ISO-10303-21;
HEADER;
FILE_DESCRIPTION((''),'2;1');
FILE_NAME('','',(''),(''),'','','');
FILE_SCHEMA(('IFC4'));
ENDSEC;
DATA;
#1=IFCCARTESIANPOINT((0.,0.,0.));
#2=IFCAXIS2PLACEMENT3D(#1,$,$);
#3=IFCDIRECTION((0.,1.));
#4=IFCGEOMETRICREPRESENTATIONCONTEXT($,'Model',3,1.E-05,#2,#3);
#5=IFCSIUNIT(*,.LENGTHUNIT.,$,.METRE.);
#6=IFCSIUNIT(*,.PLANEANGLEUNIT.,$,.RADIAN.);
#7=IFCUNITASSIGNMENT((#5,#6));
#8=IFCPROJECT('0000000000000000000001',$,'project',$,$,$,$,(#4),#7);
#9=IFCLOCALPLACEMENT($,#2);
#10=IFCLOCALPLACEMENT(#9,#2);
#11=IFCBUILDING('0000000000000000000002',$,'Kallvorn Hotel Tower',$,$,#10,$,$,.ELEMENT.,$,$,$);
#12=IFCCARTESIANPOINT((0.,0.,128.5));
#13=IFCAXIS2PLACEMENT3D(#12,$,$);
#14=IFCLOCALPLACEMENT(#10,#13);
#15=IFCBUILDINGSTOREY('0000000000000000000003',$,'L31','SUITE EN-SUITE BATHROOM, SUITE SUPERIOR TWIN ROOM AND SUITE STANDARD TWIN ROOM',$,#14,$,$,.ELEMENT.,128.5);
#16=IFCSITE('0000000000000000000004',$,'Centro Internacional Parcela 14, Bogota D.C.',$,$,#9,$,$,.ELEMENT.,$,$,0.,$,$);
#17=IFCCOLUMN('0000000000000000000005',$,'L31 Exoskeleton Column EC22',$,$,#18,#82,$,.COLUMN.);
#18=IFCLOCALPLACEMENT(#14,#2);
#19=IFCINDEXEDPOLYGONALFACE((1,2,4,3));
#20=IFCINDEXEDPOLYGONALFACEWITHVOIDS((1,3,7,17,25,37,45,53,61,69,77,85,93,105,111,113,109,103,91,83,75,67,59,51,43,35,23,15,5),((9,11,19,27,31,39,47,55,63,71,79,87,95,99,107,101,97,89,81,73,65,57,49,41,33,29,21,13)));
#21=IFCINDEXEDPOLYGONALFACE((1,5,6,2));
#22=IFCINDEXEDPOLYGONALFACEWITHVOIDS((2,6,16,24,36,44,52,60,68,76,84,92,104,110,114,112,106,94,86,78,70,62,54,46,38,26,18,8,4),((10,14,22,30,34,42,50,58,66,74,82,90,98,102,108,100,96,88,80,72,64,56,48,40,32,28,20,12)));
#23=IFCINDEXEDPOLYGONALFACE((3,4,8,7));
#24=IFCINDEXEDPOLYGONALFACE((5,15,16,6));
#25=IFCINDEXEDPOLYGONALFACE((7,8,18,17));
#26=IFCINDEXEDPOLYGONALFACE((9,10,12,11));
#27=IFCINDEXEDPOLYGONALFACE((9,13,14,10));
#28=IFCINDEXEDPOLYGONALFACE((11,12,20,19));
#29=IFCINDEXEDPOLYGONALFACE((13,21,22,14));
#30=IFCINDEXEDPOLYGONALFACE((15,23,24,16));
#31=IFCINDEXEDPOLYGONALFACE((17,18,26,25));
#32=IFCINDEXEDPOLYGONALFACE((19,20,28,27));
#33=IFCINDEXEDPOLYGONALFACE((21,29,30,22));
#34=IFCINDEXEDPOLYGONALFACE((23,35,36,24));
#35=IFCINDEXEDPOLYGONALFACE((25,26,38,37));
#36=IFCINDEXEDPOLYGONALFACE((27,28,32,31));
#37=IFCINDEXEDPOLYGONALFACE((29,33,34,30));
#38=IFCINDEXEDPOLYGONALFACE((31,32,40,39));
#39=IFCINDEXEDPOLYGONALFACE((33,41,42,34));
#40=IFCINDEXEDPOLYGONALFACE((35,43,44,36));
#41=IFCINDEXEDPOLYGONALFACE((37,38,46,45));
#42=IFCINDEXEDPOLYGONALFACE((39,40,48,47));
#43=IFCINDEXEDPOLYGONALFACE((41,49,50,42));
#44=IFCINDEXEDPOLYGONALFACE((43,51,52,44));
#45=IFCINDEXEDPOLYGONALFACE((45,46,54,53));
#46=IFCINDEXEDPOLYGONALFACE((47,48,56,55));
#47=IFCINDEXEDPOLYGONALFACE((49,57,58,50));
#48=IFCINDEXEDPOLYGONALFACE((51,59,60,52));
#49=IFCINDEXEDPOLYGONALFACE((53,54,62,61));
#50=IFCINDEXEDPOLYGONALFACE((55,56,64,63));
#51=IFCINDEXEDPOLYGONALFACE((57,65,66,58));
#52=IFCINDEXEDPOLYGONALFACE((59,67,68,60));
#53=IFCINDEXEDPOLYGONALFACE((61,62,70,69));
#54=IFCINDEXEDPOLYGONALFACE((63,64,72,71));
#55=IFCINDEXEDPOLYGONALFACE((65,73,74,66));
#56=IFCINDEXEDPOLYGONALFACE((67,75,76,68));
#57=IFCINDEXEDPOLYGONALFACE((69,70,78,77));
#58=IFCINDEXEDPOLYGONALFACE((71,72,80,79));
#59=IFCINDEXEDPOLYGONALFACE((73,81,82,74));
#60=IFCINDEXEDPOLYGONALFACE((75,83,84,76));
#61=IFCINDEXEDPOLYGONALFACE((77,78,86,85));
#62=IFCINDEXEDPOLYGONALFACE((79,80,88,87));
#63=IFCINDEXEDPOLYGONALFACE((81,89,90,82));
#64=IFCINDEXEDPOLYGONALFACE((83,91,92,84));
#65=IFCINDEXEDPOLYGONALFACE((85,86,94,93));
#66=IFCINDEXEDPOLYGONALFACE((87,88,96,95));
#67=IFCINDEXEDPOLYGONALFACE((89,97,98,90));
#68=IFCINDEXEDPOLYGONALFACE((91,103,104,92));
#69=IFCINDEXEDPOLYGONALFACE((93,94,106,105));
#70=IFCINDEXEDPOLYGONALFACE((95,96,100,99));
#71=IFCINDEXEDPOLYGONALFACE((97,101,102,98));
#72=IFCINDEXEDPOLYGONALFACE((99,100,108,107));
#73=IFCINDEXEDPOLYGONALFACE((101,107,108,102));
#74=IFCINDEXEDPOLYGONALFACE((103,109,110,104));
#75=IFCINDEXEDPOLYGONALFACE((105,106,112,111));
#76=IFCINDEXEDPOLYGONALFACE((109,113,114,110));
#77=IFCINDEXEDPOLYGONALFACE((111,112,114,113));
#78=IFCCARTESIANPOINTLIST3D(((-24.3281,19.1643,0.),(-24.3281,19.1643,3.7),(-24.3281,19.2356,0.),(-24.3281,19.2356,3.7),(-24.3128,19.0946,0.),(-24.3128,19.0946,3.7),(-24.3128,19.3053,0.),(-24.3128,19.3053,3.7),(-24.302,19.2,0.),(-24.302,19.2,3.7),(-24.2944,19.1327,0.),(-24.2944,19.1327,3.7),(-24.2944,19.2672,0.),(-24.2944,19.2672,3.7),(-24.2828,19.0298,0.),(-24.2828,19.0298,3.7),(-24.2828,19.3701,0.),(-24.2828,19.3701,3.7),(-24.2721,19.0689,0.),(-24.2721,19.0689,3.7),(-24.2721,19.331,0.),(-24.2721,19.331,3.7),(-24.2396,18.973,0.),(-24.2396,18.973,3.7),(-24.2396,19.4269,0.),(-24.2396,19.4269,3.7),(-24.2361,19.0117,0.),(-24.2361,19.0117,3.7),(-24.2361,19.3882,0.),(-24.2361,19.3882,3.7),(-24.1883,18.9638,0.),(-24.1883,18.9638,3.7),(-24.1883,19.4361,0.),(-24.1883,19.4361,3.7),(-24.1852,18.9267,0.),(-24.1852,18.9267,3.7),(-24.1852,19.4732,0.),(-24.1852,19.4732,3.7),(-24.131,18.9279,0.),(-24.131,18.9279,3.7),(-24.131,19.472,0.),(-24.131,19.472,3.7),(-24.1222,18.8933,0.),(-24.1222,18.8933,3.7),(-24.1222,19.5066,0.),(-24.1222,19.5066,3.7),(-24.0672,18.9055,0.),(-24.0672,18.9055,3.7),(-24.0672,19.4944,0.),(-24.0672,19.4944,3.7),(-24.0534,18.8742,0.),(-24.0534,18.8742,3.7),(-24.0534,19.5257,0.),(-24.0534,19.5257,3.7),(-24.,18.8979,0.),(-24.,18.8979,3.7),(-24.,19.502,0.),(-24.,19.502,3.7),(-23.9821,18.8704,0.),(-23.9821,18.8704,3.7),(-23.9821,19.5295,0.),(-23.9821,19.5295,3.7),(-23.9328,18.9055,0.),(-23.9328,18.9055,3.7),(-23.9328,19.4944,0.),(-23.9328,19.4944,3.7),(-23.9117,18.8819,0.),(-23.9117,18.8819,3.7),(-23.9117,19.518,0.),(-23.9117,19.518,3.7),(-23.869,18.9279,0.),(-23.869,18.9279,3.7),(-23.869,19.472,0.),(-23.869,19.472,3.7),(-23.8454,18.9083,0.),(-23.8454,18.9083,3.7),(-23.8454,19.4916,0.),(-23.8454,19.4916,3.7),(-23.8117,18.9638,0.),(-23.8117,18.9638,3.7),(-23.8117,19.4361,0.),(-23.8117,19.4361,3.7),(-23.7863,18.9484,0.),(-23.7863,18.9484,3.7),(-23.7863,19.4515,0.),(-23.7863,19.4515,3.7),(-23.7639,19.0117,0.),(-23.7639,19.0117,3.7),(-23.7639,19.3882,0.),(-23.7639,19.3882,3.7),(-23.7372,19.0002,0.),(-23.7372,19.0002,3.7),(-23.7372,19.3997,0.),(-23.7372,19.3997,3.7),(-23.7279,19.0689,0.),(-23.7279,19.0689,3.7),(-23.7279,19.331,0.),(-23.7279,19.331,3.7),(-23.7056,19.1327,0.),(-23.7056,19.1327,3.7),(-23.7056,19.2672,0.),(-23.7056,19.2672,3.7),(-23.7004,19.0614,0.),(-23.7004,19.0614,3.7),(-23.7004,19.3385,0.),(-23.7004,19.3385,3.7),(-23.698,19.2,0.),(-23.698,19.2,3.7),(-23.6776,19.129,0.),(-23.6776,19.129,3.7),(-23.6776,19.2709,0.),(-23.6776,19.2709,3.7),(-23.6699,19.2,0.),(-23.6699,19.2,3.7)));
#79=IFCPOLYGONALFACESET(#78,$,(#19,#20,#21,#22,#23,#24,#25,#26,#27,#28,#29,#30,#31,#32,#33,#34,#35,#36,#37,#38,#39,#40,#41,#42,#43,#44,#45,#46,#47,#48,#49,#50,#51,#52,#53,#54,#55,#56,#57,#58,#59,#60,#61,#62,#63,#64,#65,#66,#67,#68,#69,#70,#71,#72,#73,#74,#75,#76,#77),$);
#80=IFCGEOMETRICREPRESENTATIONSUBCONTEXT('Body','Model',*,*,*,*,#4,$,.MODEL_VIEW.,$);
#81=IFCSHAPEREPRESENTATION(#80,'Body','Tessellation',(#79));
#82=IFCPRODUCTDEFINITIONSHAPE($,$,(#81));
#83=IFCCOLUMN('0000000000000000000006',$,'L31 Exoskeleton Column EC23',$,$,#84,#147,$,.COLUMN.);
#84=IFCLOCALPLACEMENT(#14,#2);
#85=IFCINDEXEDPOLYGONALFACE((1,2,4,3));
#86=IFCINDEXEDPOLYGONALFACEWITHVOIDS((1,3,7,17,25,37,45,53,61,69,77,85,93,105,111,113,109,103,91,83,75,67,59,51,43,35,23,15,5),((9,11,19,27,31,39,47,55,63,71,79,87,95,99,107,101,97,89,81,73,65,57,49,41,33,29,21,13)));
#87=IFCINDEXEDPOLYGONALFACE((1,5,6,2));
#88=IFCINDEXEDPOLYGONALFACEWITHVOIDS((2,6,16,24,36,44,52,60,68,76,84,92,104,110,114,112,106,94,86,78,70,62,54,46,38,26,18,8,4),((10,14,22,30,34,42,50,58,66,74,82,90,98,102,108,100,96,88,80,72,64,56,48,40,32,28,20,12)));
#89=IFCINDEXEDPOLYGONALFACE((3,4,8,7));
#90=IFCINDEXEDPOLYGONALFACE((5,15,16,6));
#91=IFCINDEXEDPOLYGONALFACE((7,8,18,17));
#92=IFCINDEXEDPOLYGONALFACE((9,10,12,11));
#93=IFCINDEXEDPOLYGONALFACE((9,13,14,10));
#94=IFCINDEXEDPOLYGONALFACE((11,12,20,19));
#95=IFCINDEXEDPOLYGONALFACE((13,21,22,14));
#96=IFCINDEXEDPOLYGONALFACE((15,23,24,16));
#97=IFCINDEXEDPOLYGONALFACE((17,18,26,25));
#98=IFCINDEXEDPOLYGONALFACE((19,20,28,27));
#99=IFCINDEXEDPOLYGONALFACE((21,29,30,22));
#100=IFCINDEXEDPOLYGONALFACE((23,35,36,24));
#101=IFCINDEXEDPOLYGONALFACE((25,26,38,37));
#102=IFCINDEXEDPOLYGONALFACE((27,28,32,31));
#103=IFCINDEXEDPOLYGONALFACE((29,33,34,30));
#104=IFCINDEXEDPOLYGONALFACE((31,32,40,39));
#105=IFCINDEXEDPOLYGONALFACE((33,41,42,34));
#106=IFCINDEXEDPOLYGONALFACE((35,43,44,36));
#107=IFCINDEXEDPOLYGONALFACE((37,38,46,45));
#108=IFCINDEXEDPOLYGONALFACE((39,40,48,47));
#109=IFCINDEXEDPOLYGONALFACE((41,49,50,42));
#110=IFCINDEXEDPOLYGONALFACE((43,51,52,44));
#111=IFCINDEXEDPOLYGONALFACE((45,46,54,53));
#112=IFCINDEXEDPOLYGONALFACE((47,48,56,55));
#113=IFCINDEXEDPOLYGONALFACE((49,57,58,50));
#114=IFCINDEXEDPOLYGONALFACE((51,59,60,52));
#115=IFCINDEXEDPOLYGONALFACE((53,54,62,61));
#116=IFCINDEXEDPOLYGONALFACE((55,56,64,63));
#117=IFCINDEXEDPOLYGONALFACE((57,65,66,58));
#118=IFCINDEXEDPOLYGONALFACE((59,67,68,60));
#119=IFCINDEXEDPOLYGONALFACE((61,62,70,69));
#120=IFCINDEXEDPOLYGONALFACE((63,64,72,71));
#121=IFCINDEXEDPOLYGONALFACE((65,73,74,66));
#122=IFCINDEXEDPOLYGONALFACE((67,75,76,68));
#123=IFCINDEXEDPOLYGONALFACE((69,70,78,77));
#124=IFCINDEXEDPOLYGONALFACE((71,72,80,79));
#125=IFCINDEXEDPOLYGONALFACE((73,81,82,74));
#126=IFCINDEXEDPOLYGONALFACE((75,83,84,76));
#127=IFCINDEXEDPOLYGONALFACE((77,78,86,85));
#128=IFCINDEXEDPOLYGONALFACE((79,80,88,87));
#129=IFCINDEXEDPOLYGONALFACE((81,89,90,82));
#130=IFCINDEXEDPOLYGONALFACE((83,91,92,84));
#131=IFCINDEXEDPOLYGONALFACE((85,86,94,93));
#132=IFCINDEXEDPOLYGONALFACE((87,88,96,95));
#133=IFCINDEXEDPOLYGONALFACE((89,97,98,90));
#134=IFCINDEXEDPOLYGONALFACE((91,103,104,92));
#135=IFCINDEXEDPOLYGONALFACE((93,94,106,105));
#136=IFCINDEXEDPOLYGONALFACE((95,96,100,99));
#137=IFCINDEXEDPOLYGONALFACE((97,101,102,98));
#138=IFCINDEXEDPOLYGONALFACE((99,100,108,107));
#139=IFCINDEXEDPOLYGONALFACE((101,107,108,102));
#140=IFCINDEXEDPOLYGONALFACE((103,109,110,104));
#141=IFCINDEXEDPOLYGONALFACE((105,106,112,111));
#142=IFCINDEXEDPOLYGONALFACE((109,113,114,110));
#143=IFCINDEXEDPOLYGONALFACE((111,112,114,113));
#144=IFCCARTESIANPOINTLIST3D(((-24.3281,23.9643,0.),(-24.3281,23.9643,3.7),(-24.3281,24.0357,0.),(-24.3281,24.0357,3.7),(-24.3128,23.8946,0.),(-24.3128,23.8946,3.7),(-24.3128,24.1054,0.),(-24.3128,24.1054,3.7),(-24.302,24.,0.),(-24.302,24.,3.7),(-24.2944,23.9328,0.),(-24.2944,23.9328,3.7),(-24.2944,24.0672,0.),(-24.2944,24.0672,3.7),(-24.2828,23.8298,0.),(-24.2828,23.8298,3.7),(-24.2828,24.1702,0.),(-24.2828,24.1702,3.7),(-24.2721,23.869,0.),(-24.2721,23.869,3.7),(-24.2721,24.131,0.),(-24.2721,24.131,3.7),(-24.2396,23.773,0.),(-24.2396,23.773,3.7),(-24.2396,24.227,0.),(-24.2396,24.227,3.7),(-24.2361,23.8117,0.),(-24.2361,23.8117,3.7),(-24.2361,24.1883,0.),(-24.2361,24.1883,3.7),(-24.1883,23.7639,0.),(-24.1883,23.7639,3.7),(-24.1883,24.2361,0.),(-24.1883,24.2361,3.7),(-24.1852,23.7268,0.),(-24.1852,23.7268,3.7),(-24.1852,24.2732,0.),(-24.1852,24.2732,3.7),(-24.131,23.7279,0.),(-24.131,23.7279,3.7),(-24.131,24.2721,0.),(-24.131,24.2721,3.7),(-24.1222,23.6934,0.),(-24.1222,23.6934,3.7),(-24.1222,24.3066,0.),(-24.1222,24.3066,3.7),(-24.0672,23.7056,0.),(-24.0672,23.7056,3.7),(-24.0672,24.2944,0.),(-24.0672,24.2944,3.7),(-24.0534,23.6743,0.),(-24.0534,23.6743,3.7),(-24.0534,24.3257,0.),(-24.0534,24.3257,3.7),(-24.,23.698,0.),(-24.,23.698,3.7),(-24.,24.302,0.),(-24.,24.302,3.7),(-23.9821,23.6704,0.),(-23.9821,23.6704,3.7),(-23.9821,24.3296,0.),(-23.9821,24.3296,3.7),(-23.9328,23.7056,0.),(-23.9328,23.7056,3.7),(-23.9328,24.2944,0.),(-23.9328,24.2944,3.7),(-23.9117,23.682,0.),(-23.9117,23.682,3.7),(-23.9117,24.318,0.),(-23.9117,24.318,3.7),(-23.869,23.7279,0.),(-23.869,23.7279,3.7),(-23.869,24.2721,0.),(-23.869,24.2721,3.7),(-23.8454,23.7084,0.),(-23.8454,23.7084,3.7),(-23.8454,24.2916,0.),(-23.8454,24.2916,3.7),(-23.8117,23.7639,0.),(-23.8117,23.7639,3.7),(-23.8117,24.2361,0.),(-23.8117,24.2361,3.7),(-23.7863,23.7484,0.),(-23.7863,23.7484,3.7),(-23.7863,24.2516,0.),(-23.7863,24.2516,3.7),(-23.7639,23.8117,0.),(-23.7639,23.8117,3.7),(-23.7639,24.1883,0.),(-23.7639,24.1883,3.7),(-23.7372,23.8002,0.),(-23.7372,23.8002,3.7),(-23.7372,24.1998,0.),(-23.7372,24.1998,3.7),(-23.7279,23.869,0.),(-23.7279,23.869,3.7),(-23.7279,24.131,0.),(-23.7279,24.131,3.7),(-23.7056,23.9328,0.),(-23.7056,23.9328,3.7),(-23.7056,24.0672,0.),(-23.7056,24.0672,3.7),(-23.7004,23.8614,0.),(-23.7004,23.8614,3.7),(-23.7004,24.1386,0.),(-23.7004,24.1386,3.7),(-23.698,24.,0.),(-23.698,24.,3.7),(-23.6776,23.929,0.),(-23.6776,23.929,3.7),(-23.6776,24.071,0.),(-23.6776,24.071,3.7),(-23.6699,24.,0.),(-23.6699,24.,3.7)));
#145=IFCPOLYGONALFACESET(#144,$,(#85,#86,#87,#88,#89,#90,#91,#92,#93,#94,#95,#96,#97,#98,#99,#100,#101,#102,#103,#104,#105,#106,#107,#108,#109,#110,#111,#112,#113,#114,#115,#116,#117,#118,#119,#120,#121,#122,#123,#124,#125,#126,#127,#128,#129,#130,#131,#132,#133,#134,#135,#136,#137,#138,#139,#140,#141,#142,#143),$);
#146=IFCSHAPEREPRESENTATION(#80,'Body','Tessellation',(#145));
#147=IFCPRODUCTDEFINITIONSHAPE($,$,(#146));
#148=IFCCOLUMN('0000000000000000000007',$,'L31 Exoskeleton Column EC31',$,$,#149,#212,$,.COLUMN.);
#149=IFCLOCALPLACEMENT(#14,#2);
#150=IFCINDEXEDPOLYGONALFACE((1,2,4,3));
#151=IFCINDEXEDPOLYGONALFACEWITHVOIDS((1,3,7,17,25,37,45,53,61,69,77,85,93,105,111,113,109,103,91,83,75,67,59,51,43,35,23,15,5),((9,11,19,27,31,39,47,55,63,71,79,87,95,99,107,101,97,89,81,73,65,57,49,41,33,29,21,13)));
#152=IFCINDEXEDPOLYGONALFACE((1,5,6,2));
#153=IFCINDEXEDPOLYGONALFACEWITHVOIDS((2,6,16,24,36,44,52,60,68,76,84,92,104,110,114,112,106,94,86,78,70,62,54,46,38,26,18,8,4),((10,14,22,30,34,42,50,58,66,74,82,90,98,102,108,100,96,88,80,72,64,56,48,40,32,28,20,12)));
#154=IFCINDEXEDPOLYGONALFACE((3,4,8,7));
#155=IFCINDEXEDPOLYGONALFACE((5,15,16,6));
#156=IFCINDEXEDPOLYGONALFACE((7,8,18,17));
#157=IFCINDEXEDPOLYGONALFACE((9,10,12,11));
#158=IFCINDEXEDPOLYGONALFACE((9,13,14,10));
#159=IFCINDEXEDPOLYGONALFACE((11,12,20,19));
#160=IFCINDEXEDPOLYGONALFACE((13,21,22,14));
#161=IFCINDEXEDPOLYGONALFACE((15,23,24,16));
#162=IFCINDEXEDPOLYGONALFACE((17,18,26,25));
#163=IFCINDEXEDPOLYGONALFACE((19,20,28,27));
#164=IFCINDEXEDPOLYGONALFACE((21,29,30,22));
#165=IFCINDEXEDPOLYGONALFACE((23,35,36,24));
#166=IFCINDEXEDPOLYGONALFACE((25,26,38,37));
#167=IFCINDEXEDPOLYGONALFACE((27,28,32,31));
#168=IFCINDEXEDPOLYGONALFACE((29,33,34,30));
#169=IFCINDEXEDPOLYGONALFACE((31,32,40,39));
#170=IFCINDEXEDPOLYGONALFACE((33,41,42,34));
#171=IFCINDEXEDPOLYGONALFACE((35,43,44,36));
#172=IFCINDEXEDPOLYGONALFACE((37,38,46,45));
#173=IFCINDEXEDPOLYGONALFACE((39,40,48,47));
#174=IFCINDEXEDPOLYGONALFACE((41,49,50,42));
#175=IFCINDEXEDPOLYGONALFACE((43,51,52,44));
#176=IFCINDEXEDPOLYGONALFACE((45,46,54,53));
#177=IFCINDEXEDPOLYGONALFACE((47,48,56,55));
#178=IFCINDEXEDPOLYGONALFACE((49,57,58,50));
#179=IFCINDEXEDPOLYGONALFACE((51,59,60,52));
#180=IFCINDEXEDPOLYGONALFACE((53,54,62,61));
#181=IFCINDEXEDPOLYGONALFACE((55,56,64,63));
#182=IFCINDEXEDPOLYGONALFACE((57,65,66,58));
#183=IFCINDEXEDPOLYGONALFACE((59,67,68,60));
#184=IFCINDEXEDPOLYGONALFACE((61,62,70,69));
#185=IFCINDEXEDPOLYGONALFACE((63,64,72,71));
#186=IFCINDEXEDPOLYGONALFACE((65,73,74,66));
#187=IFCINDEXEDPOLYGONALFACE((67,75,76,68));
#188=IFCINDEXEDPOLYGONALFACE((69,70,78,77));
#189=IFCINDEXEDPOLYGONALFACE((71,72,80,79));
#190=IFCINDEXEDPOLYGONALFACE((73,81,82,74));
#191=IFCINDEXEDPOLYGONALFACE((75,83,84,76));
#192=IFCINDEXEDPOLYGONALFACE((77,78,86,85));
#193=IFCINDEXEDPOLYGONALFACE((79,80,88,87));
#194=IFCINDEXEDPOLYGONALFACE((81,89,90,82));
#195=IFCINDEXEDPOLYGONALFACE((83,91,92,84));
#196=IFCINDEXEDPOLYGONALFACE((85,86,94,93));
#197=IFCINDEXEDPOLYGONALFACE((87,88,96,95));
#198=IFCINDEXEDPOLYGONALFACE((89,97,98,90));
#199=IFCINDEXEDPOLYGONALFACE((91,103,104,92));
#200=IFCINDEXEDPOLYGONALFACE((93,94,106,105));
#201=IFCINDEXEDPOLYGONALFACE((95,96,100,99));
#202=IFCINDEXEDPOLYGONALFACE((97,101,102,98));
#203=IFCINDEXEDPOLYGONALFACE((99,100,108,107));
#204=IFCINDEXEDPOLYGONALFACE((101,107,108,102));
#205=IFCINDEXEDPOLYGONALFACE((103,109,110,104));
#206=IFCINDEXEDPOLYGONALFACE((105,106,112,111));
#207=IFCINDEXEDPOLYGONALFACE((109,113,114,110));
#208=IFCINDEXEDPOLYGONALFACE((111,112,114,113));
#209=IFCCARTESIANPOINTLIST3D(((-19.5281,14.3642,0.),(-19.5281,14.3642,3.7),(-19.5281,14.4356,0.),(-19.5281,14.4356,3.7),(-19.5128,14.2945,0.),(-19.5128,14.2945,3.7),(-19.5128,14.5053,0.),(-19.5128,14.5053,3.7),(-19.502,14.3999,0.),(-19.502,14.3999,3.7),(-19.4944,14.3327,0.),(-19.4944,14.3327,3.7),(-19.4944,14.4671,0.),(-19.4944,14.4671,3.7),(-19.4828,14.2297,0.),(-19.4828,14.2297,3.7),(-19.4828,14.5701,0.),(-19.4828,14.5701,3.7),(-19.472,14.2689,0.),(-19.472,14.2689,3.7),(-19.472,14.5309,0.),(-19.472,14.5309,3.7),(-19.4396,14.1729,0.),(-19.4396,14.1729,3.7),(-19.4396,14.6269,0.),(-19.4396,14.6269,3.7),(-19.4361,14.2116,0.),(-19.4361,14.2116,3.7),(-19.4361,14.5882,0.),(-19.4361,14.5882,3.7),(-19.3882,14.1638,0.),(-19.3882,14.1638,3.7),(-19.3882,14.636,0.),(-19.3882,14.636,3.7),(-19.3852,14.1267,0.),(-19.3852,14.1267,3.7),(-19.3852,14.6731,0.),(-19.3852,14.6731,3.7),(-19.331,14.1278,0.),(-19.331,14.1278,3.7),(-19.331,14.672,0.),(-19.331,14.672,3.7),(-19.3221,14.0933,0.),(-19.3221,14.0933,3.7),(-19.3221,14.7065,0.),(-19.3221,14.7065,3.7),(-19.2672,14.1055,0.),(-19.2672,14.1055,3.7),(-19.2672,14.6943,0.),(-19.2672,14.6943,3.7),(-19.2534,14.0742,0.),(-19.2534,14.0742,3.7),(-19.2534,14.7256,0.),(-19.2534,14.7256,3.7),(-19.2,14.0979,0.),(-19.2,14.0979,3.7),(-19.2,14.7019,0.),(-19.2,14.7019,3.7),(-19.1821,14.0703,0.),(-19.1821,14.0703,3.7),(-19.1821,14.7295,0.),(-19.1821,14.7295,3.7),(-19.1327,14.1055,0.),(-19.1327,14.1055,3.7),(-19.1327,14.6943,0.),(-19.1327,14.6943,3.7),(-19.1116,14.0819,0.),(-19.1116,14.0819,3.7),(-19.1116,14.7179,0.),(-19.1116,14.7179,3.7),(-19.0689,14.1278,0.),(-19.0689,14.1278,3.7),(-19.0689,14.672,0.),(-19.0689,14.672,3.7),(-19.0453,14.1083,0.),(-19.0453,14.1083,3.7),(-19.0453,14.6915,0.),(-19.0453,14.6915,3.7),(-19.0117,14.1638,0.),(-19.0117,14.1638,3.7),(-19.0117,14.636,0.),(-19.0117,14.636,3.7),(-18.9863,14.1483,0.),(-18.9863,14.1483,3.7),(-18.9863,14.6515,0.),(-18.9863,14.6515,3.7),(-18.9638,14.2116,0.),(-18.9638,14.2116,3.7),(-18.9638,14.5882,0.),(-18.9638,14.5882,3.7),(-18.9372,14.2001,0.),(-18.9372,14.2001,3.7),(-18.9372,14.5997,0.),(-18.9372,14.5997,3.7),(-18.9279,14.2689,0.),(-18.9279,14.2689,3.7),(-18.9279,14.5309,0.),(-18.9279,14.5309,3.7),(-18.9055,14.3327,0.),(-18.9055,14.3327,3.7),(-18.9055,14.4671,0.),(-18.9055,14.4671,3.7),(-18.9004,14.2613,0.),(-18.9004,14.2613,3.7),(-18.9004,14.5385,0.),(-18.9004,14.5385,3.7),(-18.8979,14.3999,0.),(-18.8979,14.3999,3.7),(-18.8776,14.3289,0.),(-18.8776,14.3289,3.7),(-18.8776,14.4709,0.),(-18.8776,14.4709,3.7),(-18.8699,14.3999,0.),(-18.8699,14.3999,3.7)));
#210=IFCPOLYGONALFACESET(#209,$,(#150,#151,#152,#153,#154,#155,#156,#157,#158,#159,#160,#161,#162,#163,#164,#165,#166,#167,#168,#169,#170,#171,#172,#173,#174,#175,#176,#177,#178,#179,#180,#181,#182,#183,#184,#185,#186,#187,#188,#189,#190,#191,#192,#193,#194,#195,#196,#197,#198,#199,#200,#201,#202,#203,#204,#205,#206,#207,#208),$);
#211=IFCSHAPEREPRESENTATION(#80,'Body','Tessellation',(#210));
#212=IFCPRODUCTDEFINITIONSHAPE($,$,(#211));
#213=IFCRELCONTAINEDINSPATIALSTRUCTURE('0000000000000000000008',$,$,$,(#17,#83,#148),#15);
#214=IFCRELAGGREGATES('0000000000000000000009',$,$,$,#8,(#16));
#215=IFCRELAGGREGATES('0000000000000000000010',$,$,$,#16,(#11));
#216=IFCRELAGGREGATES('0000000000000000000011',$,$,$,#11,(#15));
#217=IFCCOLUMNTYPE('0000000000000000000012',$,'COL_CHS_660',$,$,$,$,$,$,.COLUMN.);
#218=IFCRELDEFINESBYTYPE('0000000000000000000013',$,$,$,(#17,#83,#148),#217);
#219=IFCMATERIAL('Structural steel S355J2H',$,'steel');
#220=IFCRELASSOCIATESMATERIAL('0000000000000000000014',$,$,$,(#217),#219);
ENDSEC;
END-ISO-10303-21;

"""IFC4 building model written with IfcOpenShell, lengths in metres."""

from ifc_helpers import new_model, si_unit, direction, frame, origin, origin_2d, place, context, subcontext, project, spatial, hollow_circle, extrude, material, material_profile, profile_set, type_object, element, save


model = new_model("IFC4")

# Units and contexts
model_context = context("Model", 3, precision=1e-05, world=origin(), true_north=direction((0.0, 1.0)))
body_context = subcontext(model_context, "Body", "Model", "MODEL_VIEW")
ifc_project = project(units=[si_unit("LENGTHUNIT", "METRE"), si_unit("PLANEANGLEUNIT", "RADIAN")], contexts=[model_context])

# Site, building, storey
site_placement = place(None, origin())
site = spatial("IfcSite", under=ifc_project, at=site_placement, Name="Centro Internacional Parcela 14, Bogota D.C.", CompositionType="ELEMENT", RefElevation=0.0)
building_placement = place(site_placement, origin())
building = spatial("IfcBuilding", under=site, at=building_placement, Name="Kallvorn Hotel Tower", CompositionType="ELEMENT")
storey_placement = place(building_placement, frame((0.0, 0.0, 128.5)))
storey = spatial("IfcBuildingStorey", under=building, at=storey_placement, Name="L31", Description="SUITE EN-SUITE BATHROOM, SUITE SUPERIOR TWIN ROOM AND SUITE STANDARD TWIN ROOM", CompositionType="ELEMENT", Elevation=128.5)

# Columns
ifc_material_1 = material(Name="Structural steel S355J2H", Category="steel")
ifc_material_profile_1 = material_profile(ifc_material_1, hollow_circle(Radius=0.3301, WallThickness=0.0281, at=origin_2d()), Name="CHS 660x28")
ifc_profile_set_1 = profile_set([ifc_material_profile_1], Name="Structural steel S355J2H")
column_type_1 = type_object("IfcColumnType", Name="COL_CHS_660", PredefinedType="COLUMN", material=ifc_profile_set_1)
for number, where, z_axis, x_axis, name in (
    (1, (-24.0, 19.2, 0.0), (0.0, 0.0, 1.0), (1.0, 0.0, 0.0), "L31 Exoskeleton Column EC22"),
    (2, (-24.0, 24.0, 0.0), (0.0, 0.0, 1.0), (1.0, 0.0, 0.0), "L31 Exoskeleton Column EC23"),
    (3, (-19.2, 14.3999, 0.0), (0.0, 0.0, 1.0), (1.0, 0.0, 0.0), "L31 Exoskeleton Column EC31"),
):
    element("IfcColumn", number, at=place(storey_placement, frame(where, z_axis=z_axis, x_axis=x_axis)), inside=storey, type_object=column_type_1, Name=name, PredefinedType="COLUMN", context=body_context, shape_type="SweptSolid", body=[
        extrude(hollow_circle(Radius=0.3301, WallThickness=0.0281, at=origin_2d()), origin(), (0.0, 0.0, 1.0), 3.7),
    ])

save(model, "model.ifc")
